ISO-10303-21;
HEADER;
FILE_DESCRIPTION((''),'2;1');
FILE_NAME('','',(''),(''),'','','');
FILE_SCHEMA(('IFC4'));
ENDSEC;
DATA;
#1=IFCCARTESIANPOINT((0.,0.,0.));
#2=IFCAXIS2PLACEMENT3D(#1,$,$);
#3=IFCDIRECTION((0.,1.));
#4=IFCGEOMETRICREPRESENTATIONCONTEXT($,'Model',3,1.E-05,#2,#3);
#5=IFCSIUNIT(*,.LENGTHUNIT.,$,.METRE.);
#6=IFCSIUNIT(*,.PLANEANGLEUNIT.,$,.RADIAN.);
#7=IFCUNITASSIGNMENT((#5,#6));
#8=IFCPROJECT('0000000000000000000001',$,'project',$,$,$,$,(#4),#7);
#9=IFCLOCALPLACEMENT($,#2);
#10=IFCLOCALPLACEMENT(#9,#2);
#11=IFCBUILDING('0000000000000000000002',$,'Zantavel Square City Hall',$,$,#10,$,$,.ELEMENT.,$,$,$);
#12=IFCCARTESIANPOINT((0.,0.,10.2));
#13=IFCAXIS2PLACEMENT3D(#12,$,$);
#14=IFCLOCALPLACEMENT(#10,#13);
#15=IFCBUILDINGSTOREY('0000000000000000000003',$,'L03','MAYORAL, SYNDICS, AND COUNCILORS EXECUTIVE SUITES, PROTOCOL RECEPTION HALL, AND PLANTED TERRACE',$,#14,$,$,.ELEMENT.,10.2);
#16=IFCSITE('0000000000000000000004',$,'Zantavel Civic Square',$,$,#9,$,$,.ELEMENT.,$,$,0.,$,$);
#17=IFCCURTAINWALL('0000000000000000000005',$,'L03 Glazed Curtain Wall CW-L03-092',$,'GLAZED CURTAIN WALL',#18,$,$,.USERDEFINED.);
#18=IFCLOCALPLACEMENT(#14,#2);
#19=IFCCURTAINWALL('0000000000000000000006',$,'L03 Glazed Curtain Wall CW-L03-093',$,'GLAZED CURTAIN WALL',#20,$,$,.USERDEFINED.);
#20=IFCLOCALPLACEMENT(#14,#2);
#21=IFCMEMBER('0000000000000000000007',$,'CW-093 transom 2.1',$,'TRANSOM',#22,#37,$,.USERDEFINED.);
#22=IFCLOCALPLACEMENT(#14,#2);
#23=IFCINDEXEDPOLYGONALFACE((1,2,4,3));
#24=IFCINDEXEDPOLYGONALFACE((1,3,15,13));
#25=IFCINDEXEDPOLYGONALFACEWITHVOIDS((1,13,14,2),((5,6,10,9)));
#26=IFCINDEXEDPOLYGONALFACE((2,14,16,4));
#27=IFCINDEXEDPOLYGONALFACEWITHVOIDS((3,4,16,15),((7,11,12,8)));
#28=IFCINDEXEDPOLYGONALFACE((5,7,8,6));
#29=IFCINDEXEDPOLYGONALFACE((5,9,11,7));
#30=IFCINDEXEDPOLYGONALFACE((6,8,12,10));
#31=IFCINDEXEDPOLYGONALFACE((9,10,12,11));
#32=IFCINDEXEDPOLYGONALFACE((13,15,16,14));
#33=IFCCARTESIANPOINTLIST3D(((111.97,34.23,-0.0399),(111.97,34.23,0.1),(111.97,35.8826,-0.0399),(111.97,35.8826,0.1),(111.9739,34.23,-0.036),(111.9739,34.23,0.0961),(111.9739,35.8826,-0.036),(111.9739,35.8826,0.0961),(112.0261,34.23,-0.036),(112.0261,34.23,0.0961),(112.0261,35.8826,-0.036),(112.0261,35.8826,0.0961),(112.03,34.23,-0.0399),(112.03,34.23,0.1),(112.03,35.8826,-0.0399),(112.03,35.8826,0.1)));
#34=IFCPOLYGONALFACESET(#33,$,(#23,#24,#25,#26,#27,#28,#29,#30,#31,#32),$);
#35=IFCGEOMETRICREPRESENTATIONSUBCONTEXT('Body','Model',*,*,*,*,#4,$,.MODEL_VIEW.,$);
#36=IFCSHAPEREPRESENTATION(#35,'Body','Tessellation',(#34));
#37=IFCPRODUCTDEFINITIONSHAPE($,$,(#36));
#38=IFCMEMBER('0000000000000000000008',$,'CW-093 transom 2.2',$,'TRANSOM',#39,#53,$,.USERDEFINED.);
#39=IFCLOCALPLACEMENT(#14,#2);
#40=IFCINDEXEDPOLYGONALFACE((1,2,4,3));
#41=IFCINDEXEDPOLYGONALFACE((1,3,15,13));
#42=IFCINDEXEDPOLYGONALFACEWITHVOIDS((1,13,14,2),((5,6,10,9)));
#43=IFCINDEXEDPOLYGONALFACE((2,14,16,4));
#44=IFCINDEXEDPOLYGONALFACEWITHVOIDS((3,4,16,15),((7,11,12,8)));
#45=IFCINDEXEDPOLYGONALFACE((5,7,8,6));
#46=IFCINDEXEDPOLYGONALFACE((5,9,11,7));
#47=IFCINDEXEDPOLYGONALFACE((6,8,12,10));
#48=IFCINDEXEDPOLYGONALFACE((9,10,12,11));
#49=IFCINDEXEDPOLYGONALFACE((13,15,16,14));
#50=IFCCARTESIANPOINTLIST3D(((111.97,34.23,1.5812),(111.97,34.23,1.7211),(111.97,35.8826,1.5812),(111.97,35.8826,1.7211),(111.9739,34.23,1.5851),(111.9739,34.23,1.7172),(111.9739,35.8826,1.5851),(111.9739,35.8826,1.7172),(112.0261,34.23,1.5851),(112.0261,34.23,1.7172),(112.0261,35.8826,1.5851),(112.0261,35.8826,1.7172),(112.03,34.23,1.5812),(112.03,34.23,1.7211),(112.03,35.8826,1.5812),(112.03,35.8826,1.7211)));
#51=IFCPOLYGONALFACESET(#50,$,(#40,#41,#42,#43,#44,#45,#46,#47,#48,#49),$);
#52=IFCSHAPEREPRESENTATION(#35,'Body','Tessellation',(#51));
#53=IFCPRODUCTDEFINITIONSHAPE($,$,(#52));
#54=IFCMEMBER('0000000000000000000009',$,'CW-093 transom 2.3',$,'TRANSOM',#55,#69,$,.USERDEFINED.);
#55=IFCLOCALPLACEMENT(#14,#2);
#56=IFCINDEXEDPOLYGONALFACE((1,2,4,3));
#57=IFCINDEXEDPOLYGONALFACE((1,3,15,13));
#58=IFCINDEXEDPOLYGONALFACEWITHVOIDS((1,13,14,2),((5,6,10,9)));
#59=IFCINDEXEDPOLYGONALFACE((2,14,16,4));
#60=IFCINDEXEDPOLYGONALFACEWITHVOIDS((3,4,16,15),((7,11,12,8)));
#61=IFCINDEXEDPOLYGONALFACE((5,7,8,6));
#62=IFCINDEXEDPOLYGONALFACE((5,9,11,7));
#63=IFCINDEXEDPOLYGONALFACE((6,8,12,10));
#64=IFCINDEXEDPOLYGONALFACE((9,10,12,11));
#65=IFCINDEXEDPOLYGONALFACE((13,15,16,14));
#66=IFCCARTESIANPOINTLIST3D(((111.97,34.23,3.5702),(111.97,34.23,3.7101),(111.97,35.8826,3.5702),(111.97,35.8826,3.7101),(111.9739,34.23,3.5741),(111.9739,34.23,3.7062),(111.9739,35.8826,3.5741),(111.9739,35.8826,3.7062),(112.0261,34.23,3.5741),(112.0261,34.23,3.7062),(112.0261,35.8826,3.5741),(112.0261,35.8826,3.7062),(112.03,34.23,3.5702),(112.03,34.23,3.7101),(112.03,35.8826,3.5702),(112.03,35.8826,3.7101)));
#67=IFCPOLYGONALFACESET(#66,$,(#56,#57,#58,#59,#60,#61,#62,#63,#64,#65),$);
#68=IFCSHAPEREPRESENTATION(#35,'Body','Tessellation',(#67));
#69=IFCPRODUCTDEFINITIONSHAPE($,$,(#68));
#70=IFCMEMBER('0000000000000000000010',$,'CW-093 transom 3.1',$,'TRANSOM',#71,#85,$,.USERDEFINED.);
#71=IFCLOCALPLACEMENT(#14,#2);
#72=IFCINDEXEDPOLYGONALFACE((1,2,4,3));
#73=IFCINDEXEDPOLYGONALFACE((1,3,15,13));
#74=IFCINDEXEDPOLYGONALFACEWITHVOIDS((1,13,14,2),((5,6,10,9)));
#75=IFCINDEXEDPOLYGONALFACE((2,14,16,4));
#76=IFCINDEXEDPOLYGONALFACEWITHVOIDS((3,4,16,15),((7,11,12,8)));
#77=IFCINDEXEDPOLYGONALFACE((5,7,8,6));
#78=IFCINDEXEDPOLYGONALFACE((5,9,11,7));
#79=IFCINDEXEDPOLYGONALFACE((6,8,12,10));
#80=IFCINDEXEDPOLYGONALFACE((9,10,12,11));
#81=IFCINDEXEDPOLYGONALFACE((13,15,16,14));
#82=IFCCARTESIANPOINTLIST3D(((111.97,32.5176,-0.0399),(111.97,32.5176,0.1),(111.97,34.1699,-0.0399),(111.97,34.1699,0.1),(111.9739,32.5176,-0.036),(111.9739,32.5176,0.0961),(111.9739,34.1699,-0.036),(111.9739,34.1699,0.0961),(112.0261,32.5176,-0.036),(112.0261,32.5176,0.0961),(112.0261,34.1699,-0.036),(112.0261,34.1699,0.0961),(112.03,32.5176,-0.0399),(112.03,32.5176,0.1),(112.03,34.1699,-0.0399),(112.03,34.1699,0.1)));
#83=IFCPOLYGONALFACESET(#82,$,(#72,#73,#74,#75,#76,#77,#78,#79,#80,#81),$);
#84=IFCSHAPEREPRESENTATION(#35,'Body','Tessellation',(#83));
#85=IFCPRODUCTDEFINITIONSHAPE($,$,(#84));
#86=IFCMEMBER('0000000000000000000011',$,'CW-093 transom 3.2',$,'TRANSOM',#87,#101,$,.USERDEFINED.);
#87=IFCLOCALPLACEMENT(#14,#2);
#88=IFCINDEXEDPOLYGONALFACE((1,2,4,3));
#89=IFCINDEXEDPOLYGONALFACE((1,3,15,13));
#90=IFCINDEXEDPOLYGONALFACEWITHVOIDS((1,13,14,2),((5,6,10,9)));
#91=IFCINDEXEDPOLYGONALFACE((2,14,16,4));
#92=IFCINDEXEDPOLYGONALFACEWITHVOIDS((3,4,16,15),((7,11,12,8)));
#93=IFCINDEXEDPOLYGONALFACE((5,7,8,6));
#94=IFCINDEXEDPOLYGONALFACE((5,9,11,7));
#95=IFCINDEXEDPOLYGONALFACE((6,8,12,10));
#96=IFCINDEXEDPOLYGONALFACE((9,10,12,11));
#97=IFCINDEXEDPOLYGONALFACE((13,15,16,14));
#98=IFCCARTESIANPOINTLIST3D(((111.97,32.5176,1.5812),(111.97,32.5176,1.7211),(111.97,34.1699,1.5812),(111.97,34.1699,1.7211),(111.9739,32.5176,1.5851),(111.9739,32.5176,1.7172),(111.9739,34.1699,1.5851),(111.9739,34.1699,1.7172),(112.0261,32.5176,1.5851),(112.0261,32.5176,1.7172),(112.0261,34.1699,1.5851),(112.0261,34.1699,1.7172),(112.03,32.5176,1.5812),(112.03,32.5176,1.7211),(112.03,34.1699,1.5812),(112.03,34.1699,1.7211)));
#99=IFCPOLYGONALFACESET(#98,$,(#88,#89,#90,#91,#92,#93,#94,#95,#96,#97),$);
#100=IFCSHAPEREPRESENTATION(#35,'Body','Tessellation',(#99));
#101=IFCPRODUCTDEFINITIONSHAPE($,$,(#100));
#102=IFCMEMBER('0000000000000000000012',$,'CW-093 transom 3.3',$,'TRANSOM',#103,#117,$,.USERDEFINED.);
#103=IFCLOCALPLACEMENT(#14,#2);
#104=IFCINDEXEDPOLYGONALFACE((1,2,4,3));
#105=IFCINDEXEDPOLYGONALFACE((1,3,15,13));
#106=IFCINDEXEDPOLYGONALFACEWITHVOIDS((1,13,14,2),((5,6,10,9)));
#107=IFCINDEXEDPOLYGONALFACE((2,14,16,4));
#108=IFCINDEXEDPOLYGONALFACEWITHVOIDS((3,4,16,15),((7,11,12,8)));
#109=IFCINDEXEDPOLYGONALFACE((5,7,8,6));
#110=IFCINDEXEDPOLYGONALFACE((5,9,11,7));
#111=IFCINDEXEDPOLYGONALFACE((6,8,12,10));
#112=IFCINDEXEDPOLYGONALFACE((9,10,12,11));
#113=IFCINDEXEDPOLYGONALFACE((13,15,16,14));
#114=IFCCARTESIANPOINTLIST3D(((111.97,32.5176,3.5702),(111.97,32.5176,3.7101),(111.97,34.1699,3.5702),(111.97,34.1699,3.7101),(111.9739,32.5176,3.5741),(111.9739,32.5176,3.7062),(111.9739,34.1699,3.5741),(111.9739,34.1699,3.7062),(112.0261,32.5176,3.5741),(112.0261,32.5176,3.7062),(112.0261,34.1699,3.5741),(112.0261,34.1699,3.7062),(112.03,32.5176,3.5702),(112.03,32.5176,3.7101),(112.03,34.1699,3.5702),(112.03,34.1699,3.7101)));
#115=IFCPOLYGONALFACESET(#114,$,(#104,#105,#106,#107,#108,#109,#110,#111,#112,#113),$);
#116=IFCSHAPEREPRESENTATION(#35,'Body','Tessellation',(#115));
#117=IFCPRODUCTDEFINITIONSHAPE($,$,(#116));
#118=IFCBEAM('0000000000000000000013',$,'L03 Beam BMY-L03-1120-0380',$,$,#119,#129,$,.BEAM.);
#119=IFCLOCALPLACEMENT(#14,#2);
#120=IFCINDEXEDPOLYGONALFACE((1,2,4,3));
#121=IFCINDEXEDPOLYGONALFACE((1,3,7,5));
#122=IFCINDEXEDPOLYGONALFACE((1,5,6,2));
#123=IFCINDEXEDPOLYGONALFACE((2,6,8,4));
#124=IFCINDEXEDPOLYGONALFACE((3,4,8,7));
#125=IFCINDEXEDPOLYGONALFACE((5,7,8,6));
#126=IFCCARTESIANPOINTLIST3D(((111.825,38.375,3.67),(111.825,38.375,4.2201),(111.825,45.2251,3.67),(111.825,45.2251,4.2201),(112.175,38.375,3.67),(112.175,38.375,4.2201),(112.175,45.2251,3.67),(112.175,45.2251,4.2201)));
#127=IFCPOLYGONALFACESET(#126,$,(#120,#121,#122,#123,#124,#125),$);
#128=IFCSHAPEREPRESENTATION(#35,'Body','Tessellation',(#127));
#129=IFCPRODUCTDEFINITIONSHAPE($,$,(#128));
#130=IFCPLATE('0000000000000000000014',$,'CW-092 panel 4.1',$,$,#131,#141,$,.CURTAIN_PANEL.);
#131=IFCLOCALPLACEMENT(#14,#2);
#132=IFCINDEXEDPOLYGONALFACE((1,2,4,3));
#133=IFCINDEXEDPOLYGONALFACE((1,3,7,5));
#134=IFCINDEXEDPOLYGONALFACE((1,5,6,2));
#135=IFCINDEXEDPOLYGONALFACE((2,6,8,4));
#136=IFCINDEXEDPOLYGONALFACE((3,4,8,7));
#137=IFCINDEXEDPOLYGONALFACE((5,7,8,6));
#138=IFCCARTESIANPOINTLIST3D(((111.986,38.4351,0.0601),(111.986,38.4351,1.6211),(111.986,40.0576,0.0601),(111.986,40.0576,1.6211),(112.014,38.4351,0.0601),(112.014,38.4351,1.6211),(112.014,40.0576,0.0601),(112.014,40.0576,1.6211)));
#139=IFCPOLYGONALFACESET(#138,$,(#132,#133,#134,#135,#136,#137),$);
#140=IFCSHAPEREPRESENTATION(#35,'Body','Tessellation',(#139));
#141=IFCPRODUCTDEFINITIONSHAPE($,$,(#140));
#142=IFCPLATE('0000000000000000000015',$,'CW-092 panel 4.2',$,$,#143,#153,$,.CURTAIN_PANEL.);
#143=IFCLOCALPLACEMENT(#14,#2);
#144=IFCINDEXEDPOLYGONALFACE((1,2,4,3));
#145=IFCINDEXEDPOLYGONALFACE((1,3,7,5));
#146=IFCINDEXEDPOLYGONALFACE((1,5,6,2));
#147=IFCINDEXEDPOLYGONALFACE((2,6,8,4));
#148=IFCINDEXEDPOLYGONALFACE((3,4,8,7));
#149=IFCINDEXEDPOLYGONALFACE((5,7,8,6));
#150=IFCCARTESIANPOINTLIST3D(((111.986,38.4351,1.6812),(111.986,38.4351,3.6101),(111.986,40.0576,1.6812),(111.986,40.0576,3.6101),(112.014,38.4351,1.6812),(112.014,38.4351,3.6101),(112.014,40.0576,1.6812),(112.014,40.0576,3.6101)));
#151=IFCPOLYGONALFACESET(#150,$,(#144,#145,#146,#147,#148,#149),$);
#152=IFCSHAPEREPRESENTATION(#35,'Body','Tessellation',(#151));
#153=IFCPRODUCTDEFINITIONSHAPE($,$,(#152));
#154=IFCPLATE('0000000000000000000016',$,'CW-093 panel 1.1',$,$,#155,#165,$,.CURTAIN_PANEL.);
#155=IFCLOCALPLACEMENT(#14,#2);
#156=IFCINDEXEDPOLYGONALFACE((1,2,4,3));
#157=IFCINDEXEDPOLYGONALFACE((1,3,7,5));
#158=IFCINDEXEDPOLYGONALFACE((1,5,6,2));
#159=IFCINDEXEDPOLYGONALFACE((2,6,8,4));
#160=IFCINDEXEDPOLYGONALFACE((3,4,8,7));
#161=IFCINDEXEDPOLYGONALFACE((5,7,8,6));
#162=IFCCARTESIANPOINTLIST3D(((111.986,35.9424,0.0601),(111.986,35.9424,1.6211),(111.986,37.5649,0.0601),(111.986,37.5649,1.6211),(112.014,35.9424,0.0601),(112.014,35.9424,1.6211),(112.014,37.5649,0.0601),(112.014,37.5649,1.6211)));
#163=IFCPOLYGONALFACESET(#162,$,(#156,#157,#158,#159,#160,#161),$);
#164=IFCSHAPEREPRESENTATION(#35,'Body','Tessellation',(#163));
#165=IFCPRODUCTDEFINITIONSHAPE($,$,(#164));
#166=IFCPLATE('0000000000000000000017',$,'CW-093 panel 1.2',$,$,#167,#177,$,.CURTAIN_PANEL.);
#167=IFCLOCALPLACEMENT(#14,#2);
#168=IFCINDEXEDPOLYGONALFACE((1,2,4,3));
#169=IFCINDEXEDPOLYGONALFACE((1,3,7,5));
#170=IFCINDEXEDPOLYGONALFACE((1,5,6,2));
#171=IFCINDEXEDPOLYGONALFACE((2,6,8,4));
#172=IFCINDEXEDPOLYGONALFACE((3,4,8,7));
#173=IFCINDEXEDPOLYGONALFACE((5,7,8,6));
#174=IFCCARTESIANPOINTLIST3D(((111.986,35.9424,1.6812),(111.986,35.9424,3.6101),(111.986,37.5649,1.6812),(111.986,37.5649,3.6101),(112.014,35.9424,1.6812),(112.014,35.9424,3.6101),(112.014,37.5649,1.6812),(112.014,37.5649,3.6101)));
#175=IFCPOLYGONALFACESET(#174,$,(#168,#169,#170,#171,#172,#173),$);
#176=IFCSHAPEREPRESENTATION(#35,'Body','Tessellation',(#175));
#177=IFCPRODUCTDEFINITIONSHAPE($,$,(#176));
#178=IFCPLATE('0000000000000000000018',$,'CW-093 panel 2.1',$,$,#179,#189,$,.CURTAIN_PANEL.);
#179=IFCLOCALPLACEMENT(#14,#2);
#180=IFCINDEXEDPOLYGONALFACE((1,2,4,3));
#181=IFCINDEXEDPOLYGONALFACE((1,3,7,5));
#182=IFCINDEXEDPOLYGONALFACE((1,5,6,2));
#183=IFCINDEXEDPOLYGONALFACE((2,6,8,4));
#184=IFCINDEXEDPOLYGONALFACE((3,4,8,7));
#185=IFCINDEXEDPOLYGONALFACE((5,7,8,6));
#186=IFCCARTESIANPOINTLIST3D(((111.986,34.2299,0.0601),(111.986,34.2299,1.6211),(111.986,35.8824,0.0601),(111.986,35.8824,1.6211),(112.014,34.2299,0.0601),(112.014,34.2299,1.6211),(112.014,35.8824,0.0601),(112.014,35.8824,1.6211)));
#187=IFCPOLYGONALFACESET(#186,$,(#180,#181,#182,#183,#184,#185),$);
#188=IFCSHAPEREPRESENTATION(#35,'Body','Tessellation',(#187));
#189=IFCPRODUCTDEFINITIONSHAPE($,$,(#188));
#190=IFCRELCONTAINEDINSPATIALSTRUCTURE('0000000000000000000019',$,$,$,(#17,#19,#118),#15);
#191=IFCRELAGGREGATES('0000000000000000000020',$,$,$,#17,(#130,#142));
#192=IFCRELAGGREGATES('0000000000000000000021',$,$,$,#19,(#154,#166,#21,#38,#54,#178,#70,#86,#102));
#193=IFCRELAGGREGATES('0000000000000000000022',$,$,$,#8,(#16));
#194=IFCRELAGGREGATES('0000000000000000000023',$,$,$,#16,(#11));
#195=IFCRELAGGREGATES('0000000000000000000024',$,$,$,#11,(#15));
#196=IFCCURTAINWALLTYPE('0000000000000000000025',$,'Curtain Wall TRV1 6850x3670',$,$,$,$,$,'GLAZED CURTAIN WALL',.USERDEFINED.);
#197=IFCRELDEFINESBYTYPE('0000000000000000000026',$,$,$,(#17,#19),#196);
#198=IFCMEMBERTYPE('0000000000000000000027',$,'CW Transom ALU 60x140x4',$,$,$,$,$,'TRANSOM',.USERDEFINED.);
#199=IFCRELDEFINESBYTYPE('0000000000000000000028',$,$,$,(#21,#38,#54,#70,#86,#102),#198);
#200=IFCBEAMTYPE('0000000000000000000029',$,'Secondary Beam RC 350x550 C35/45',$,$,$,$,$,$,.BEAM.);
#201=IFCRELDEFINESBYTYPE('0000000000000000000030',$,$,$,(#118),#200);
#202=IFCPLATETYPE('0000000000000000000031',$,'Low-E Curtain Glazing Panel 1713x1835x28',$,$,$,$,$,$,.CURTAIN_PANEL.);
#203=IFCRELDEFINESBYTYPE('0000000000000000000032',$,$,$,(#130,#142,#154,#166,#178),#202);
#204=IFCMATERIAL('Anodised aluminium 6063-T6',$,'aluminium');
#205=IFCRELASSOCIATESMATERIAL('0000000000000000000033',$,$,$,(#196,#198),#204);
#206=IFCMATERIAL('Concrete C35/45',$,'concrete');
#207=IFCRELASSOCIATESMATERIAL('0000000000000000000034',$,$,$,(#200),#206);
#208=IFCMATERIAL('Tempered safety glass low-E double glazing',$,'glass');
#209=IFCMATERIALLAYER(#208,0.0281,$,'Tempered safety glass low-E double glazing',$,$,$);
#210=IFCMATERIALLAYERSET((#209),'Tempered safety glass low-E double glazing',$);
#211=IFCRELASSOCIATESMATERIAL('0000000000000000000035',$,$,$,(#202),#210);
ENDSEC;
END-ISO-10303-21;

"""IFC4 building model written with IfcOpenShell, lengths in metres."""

from ifc_helpers import new_model, si_unit, direction, frame, origin, origin_2d, place, context, subcontext, project, spatial, rectangle, hollow_rectangle, extrude, material, layer, layer_set, material_profile, profile_set, type_object, element, aggregate, save


model = new_model("IFC4")

# Units and contexts
model_context = context("Model", 3, precision=1e-05, world=origin(), true_north=direction((0.0, 1.0)))
body_context = subcontext(model_context, "Body", "Model", "MODEL_VIEW")
ifc_project = project(units=[si_unit("LENGTHUNIT", "METRE"), si_unit("PLANEANGLEUNIT", "RADIAN")], contexts=[model_context])

# Site, building, storey
site_placement = place(None, origin())
site = spatial("IfcSite", under=ifc_project, at=site_placement, Name="Zantavel Civic Square", CompositionType="ELEMENT", RefElevation=0.0)
building_placement = place(site_placement, origin())
building = spatial("IfcBuilding", under=site, at=building_placement, Name="Zantavel Square City Hall", CompositionType="ELEMENT")
storey_placement = place(building_placement, frame((0.0, 0.0, 10.2)))
storey = spatial("IfcBuildingStorey", under=building, at=storey_placement, Name="L03", Description="MAYORAL, SYNDICS, AND COUNCILORS EXECUTIVE SUITES, PROTOCOL RECEPTION HALL, AND PLANTED TERRACE", CompositionType="ELEMENT", Elevation=10.2)

# Curtain wall
ifc_material_1 = material(Name="Anodised aluminium 6063-T6", Category="aluminium")
curtain_wall_type = type_object("IfcCurtainWallType", Name="Curtain Wall TRV1 6850x3670", ElementType="GLAZED CURTAIN WALL", PredefinedType="USERDEFINED", material=ifc_material_1)
curtain_wall_1_placement = place(storey_placement, origin())
curtain_wall_1 = element("IfcCurtainWall", 1, at=curtain_wall_1_placement, inside=storey, type_object=curtain_wall_type, Name="L03 Glazed Curtain Wall CW-L03-092", ObjectType="GLAZED CURTAIN WALL", PredefinedType="USERDEFINED")

# Curtain wall
curtain_wall_2_placement = place(storey_placement, origin())
curtain_wall_2 = element("IfcCurtainWall", 2, at=curtain_wall_2_placement, inside=storey, type_object=curtain_wall_type, Name="L03 Glazed Curtain Wall CW-L03-093", ObjectType="GLAZED CURTAIN WALL", PredefinedType="USERDEFINED")

# Members
ifc_material_profile_1 = material_profile(ifc_material_1, hollow_rectangle(XDim=0.0601, YDim=0.1399, WallThickness=0.0039, at=origin_2d()), Name="ALU 60x140x4")
ifc_profile_set_1 = profile_set([ifc_material_profile_1], Name="Anodised aluminium 6063-T6")
member_type_1 = type_object("IfcMemberType", Name="CW Transom ALU 60x140x4", ElementType="TRANSOM", PredefinedType="USERDEFINED", material=ifc_profile_set_1)
member_1_placement = place(storey_placement, frame((112.0, 35.8826, 0.03), z_axis=(0.0, -1.0, 0.0), x_axis=(1.0, 0.0, 0.0)))
member_1 = element("IfcMember", 3, at=member_1_placement, type_object=member_type_1, Name="CW-093 transom 2.1", ObjectType="TRANSOM", PredefinedType="USERDEFINED", context=body_context, shape_type="SweptSolid", body=[
    extrude(hollow_rectangle(XDim=0.0601, YDim=0.1399, WallThickness=0.0039, at=origin_2d()), origin(), (0.0, 0.0, 1.0), 1.6526),
])
member_2_placement = place(storey_placement, frame((112.0, 35.8826, 1.6511), z_axis=(0.0, -1.0, 0.0), x_axis=(1.0, 0.0, 0.0)))
member_2 = element("IfcMember", 4, at=member_2_placement, type_object=member_type_1, Name="CW-093 transom 2.2", ObjectType="TRANSOM", PredefinedType="USERDEFINED", context=body_context, shape_type="SweptSolid", body=[
    extrude(hollow_rectangle(XDim=0.0601, YDim=0.1399, WallThickness=0.0039, at=origin_2d()), origin(), (0.0, 0.0, 1.0), 1.6526),
])
member_3_placement = place(storey_placement, frame((112.0, 35.8826, 3.6401), z_axis=(0.0, -1.0, 0.0), x_axis=(1.0, 0.0, 0.0)))
member_3 = element("IfcMember", 5, at=member_3_placement, type_object=member_type_1, Name="CW-093 transom 2.3", ObjectType="TRANSOM", PredefinedType="USERDEFINED", context=body_context, shape_type="SweptSolid", body=[
    extrude(hollow_rectangle(XDim=0.0601, YDim=0.1399, WallThickness=0.0039, at=origin_2d()), origin(), (0.0, 0.0, 1.0), 1.6526),
])
member_4_placement = place(storey_placement, frame((112.0, 34.1699, 0.03), z_axis=(0.0, -1.0, 0.0), x_axis=(1.0, 0.0, 0.0)))
member_4 = element("IfcMember", 6, at=member_4_placement, type_object=member_type_1, Name="CW-093 transom 3.1", ObjectType="TRANSOM", PredefinedType="USERDEFINED", context=body_context, shape_type="SweptSolid", body=[
    extrude(hollow_rectangle(XDim=0.0601, YDim=0.1399, WallThickness=0.0039, at=origin_2d()), origin(), (0.0, 0.0, 1.0), 1.6523),
])
member_5_placement = place(storey_placement, frame((112.0, 34.1699, 1.6511), z_axis=(0.0, -1.0, 0.0), x_axis=(1.0, 0.0, 0.0)))
member_5 = element("IfcMember", 7, at=member_5_placement, type_object=member_type_1, Name="CW-093 transom 3.2", ObjectType="TRANSOM", PredefinedType="USERDEFINED", context=body_context, shape_type="SweptSolid", body=[
    extrude(hollow_rectangle(XDim=0.0601, YDim=0.1399, WallThickness=0.0039, at=origin_2d()), origin(), (0.0, 0.0, 1.0), 1.6523),
])
member_6_placement = place(storey_placement, frame((112.0, 34.1699, 3.6401), z_axis=(0.0, -1.0, 0.0), x_axis=(1.0, 0.0, 0.0)))
member_6 = element("IfcMember", 8, at=member_6_placement, type_object=member_type_1, Name="CW-093 transom 3.3", ObjectType="TRANSOM", PredefinedType="USERDEFINED", context=body_context, shape_type="SweptSolid", body=[
    extrude(hollow_rectangle(XDim=0.0601, YDim=0.1399, WallThickness=0.0039, at=origin_2d()), origin(), (0.0, 0.0, 1.0), 1.6523),
])

# Beam
ifc_material_2 = material(Name="Concrete C35/45", Category="concrete")
ifc_material_profile_2 = material_profile(ifc_material_2, rectangle(XDim=0.3501, YDim=0.55, at=origin_2d()), Name="RC 350x550")
ifc_profile_set_2 = profile_set([ifc_material_profile_2], Name="Concrete C35/45")
beam_type = type_object("IfcBeamType", Name="Secondary Beam RC 350x550 C35/45", PredefinedType="BEAM", material=ifc_profile_set_2)
beam_placement = place(storey_placement, frame((112.0, 38.375, 3.9451), z_axis=(0.0, 1.0, 0.0), x_axis=(-1.0, 0.0, 0.0)))
element("IfcBeam", 9, at=beam_placement, inside=storey, type_object=beam_type, Name="L03 Beam BMY-L03-1120-0380", PredefinedType="BEAM", context=body_context, shape_type="SweptSolid", body=[
    extrude(rectangle(XDim=0.3501, YDim=0.55, at=origin_2d()), origin(), (0.0, 0.0, 1.0), 6.8501),
])

# Plates
ifc_material_3 = material(Name="Tempered safety glass low-E double glazing", Category="glass")
ifc_layer = layer(ifc_material_3, 0.0281, Name="Tempered safety glass low-E double glazing")
ifc_layer_set = layer_set([ifc_layer], Name="Tempered safety glass low-E double glazing")
plate_type = type_object("IfcPlateType", Name="Low-E Curtain Glazing Panel 1713x1835x28", PredefinedType="CURTAIN_PANEL", material=ifc_layer_set)
plate_1_placement = place(storey_placement, frame((112.0, 39.2463, 0.0601), z_axis=(0.0, 0.0, 1.0), x_axis=(0.0, -1.0, 0.0)))
plate_1 = element("IfcPlate", 10, at=plate_1_placement, type_object=plate_type, Name="CW-092 panel 4.1", PredefinedType="CURTAIN_PANEL", context=body_context, shape_type="SweptSolid", body=[
    extrude(rectangle(XDim=1.6226, YDim=0.0281, at=origin_2d()), origin(), (0.0, 0.0, 1.0), 1.561),
])
plate_2_placement = place(storey_placement, frame((112.0, 39.2463, 1.6812), z_axis=(0.0, 0.0, 1.0), x_axis=(0.0, -1.0, 0.0)))
plate_2 = element("IfcPlate", 11, at=plate_2_placement, type_object=plate_type, Name="CW-092 panel 4.2", PredefinedType="CURTAIN_PANEL", context=body_context, shape_type="SweptSolid", body=[
    extrude(rectangle(XDim=1.6226, YDim=0.0281, at=origin_2d()), origin(), (0.0, 0.0, 1.0), 1.929),
])
aggregate(curtain_wall_1, [plate_1, plate_2])
plate_3_placement = place(storey_placement, frame((112.0, 36.7537, 0.0601), z_axis=(0.0, 0.0, 1.0), x_axis=(0.0, -1.0, 0.0)))
plate_3 = element("IfcPlate", 12, at=plate_3_placement, type_object=plate_type, Name="CW-093 panel 1.1", PredefinedType="CURTAIN_PANEL", context=body_context, shape_type="SweptSolid", body=[
    extrude(rectangle(XDim=1.6226, YDim=0.0281, at=origin_2d()), origin(), (0.0, 0.0, 1.0), 1.561),
])
plate_4_placement = place(storey_placement, frame((112.0, 36.7537, 1.6812), z_axis=(0.0, 0.0, 1.0), x_axis=(0.0, -1.0, 0.0)))
plate_4 = element("IfcPlate", 13, at=plate_4_placement, type_object=plate_type, Name="CW-093 panel 1.2", PredefinedType="CURTAIN_PANEL", context=body_context, shape_type="SweptSolid", body=[
    extrude(rectangle(XDim=1.6226, YDim=0.0281, at=origin_2d()), origin(), (0.0, 0.0, 1.0), 1.929),
])
plate_5_placement = place(storey_placement, frame((112.0, 35.0562, 0.0601), z_axis=(0.0, 0.0, 1.0), x_axis=(0.0, -1.0, 0.0)))
plate_5 = element("IfcPlate", 14, at=plate_5_placement, type_object=plate_type, Name="CW-093 panel 2.1", PredefinedType="CURTAIN_PANEL", context=body_context, shape_type="SweptSolid", body=[
    extrude(rectangle(XDim=1.6526, YDim=0.0281, at=origin_2d()), origin(), (0.0, 0.0, 1.0), 1.561),
])
aggregate(curtain_wall_2, [plate_3, plate_4, member_1, member_2, member_3, plate_5, member_4, member_5, member_6])

save(model, "model.ifc")
